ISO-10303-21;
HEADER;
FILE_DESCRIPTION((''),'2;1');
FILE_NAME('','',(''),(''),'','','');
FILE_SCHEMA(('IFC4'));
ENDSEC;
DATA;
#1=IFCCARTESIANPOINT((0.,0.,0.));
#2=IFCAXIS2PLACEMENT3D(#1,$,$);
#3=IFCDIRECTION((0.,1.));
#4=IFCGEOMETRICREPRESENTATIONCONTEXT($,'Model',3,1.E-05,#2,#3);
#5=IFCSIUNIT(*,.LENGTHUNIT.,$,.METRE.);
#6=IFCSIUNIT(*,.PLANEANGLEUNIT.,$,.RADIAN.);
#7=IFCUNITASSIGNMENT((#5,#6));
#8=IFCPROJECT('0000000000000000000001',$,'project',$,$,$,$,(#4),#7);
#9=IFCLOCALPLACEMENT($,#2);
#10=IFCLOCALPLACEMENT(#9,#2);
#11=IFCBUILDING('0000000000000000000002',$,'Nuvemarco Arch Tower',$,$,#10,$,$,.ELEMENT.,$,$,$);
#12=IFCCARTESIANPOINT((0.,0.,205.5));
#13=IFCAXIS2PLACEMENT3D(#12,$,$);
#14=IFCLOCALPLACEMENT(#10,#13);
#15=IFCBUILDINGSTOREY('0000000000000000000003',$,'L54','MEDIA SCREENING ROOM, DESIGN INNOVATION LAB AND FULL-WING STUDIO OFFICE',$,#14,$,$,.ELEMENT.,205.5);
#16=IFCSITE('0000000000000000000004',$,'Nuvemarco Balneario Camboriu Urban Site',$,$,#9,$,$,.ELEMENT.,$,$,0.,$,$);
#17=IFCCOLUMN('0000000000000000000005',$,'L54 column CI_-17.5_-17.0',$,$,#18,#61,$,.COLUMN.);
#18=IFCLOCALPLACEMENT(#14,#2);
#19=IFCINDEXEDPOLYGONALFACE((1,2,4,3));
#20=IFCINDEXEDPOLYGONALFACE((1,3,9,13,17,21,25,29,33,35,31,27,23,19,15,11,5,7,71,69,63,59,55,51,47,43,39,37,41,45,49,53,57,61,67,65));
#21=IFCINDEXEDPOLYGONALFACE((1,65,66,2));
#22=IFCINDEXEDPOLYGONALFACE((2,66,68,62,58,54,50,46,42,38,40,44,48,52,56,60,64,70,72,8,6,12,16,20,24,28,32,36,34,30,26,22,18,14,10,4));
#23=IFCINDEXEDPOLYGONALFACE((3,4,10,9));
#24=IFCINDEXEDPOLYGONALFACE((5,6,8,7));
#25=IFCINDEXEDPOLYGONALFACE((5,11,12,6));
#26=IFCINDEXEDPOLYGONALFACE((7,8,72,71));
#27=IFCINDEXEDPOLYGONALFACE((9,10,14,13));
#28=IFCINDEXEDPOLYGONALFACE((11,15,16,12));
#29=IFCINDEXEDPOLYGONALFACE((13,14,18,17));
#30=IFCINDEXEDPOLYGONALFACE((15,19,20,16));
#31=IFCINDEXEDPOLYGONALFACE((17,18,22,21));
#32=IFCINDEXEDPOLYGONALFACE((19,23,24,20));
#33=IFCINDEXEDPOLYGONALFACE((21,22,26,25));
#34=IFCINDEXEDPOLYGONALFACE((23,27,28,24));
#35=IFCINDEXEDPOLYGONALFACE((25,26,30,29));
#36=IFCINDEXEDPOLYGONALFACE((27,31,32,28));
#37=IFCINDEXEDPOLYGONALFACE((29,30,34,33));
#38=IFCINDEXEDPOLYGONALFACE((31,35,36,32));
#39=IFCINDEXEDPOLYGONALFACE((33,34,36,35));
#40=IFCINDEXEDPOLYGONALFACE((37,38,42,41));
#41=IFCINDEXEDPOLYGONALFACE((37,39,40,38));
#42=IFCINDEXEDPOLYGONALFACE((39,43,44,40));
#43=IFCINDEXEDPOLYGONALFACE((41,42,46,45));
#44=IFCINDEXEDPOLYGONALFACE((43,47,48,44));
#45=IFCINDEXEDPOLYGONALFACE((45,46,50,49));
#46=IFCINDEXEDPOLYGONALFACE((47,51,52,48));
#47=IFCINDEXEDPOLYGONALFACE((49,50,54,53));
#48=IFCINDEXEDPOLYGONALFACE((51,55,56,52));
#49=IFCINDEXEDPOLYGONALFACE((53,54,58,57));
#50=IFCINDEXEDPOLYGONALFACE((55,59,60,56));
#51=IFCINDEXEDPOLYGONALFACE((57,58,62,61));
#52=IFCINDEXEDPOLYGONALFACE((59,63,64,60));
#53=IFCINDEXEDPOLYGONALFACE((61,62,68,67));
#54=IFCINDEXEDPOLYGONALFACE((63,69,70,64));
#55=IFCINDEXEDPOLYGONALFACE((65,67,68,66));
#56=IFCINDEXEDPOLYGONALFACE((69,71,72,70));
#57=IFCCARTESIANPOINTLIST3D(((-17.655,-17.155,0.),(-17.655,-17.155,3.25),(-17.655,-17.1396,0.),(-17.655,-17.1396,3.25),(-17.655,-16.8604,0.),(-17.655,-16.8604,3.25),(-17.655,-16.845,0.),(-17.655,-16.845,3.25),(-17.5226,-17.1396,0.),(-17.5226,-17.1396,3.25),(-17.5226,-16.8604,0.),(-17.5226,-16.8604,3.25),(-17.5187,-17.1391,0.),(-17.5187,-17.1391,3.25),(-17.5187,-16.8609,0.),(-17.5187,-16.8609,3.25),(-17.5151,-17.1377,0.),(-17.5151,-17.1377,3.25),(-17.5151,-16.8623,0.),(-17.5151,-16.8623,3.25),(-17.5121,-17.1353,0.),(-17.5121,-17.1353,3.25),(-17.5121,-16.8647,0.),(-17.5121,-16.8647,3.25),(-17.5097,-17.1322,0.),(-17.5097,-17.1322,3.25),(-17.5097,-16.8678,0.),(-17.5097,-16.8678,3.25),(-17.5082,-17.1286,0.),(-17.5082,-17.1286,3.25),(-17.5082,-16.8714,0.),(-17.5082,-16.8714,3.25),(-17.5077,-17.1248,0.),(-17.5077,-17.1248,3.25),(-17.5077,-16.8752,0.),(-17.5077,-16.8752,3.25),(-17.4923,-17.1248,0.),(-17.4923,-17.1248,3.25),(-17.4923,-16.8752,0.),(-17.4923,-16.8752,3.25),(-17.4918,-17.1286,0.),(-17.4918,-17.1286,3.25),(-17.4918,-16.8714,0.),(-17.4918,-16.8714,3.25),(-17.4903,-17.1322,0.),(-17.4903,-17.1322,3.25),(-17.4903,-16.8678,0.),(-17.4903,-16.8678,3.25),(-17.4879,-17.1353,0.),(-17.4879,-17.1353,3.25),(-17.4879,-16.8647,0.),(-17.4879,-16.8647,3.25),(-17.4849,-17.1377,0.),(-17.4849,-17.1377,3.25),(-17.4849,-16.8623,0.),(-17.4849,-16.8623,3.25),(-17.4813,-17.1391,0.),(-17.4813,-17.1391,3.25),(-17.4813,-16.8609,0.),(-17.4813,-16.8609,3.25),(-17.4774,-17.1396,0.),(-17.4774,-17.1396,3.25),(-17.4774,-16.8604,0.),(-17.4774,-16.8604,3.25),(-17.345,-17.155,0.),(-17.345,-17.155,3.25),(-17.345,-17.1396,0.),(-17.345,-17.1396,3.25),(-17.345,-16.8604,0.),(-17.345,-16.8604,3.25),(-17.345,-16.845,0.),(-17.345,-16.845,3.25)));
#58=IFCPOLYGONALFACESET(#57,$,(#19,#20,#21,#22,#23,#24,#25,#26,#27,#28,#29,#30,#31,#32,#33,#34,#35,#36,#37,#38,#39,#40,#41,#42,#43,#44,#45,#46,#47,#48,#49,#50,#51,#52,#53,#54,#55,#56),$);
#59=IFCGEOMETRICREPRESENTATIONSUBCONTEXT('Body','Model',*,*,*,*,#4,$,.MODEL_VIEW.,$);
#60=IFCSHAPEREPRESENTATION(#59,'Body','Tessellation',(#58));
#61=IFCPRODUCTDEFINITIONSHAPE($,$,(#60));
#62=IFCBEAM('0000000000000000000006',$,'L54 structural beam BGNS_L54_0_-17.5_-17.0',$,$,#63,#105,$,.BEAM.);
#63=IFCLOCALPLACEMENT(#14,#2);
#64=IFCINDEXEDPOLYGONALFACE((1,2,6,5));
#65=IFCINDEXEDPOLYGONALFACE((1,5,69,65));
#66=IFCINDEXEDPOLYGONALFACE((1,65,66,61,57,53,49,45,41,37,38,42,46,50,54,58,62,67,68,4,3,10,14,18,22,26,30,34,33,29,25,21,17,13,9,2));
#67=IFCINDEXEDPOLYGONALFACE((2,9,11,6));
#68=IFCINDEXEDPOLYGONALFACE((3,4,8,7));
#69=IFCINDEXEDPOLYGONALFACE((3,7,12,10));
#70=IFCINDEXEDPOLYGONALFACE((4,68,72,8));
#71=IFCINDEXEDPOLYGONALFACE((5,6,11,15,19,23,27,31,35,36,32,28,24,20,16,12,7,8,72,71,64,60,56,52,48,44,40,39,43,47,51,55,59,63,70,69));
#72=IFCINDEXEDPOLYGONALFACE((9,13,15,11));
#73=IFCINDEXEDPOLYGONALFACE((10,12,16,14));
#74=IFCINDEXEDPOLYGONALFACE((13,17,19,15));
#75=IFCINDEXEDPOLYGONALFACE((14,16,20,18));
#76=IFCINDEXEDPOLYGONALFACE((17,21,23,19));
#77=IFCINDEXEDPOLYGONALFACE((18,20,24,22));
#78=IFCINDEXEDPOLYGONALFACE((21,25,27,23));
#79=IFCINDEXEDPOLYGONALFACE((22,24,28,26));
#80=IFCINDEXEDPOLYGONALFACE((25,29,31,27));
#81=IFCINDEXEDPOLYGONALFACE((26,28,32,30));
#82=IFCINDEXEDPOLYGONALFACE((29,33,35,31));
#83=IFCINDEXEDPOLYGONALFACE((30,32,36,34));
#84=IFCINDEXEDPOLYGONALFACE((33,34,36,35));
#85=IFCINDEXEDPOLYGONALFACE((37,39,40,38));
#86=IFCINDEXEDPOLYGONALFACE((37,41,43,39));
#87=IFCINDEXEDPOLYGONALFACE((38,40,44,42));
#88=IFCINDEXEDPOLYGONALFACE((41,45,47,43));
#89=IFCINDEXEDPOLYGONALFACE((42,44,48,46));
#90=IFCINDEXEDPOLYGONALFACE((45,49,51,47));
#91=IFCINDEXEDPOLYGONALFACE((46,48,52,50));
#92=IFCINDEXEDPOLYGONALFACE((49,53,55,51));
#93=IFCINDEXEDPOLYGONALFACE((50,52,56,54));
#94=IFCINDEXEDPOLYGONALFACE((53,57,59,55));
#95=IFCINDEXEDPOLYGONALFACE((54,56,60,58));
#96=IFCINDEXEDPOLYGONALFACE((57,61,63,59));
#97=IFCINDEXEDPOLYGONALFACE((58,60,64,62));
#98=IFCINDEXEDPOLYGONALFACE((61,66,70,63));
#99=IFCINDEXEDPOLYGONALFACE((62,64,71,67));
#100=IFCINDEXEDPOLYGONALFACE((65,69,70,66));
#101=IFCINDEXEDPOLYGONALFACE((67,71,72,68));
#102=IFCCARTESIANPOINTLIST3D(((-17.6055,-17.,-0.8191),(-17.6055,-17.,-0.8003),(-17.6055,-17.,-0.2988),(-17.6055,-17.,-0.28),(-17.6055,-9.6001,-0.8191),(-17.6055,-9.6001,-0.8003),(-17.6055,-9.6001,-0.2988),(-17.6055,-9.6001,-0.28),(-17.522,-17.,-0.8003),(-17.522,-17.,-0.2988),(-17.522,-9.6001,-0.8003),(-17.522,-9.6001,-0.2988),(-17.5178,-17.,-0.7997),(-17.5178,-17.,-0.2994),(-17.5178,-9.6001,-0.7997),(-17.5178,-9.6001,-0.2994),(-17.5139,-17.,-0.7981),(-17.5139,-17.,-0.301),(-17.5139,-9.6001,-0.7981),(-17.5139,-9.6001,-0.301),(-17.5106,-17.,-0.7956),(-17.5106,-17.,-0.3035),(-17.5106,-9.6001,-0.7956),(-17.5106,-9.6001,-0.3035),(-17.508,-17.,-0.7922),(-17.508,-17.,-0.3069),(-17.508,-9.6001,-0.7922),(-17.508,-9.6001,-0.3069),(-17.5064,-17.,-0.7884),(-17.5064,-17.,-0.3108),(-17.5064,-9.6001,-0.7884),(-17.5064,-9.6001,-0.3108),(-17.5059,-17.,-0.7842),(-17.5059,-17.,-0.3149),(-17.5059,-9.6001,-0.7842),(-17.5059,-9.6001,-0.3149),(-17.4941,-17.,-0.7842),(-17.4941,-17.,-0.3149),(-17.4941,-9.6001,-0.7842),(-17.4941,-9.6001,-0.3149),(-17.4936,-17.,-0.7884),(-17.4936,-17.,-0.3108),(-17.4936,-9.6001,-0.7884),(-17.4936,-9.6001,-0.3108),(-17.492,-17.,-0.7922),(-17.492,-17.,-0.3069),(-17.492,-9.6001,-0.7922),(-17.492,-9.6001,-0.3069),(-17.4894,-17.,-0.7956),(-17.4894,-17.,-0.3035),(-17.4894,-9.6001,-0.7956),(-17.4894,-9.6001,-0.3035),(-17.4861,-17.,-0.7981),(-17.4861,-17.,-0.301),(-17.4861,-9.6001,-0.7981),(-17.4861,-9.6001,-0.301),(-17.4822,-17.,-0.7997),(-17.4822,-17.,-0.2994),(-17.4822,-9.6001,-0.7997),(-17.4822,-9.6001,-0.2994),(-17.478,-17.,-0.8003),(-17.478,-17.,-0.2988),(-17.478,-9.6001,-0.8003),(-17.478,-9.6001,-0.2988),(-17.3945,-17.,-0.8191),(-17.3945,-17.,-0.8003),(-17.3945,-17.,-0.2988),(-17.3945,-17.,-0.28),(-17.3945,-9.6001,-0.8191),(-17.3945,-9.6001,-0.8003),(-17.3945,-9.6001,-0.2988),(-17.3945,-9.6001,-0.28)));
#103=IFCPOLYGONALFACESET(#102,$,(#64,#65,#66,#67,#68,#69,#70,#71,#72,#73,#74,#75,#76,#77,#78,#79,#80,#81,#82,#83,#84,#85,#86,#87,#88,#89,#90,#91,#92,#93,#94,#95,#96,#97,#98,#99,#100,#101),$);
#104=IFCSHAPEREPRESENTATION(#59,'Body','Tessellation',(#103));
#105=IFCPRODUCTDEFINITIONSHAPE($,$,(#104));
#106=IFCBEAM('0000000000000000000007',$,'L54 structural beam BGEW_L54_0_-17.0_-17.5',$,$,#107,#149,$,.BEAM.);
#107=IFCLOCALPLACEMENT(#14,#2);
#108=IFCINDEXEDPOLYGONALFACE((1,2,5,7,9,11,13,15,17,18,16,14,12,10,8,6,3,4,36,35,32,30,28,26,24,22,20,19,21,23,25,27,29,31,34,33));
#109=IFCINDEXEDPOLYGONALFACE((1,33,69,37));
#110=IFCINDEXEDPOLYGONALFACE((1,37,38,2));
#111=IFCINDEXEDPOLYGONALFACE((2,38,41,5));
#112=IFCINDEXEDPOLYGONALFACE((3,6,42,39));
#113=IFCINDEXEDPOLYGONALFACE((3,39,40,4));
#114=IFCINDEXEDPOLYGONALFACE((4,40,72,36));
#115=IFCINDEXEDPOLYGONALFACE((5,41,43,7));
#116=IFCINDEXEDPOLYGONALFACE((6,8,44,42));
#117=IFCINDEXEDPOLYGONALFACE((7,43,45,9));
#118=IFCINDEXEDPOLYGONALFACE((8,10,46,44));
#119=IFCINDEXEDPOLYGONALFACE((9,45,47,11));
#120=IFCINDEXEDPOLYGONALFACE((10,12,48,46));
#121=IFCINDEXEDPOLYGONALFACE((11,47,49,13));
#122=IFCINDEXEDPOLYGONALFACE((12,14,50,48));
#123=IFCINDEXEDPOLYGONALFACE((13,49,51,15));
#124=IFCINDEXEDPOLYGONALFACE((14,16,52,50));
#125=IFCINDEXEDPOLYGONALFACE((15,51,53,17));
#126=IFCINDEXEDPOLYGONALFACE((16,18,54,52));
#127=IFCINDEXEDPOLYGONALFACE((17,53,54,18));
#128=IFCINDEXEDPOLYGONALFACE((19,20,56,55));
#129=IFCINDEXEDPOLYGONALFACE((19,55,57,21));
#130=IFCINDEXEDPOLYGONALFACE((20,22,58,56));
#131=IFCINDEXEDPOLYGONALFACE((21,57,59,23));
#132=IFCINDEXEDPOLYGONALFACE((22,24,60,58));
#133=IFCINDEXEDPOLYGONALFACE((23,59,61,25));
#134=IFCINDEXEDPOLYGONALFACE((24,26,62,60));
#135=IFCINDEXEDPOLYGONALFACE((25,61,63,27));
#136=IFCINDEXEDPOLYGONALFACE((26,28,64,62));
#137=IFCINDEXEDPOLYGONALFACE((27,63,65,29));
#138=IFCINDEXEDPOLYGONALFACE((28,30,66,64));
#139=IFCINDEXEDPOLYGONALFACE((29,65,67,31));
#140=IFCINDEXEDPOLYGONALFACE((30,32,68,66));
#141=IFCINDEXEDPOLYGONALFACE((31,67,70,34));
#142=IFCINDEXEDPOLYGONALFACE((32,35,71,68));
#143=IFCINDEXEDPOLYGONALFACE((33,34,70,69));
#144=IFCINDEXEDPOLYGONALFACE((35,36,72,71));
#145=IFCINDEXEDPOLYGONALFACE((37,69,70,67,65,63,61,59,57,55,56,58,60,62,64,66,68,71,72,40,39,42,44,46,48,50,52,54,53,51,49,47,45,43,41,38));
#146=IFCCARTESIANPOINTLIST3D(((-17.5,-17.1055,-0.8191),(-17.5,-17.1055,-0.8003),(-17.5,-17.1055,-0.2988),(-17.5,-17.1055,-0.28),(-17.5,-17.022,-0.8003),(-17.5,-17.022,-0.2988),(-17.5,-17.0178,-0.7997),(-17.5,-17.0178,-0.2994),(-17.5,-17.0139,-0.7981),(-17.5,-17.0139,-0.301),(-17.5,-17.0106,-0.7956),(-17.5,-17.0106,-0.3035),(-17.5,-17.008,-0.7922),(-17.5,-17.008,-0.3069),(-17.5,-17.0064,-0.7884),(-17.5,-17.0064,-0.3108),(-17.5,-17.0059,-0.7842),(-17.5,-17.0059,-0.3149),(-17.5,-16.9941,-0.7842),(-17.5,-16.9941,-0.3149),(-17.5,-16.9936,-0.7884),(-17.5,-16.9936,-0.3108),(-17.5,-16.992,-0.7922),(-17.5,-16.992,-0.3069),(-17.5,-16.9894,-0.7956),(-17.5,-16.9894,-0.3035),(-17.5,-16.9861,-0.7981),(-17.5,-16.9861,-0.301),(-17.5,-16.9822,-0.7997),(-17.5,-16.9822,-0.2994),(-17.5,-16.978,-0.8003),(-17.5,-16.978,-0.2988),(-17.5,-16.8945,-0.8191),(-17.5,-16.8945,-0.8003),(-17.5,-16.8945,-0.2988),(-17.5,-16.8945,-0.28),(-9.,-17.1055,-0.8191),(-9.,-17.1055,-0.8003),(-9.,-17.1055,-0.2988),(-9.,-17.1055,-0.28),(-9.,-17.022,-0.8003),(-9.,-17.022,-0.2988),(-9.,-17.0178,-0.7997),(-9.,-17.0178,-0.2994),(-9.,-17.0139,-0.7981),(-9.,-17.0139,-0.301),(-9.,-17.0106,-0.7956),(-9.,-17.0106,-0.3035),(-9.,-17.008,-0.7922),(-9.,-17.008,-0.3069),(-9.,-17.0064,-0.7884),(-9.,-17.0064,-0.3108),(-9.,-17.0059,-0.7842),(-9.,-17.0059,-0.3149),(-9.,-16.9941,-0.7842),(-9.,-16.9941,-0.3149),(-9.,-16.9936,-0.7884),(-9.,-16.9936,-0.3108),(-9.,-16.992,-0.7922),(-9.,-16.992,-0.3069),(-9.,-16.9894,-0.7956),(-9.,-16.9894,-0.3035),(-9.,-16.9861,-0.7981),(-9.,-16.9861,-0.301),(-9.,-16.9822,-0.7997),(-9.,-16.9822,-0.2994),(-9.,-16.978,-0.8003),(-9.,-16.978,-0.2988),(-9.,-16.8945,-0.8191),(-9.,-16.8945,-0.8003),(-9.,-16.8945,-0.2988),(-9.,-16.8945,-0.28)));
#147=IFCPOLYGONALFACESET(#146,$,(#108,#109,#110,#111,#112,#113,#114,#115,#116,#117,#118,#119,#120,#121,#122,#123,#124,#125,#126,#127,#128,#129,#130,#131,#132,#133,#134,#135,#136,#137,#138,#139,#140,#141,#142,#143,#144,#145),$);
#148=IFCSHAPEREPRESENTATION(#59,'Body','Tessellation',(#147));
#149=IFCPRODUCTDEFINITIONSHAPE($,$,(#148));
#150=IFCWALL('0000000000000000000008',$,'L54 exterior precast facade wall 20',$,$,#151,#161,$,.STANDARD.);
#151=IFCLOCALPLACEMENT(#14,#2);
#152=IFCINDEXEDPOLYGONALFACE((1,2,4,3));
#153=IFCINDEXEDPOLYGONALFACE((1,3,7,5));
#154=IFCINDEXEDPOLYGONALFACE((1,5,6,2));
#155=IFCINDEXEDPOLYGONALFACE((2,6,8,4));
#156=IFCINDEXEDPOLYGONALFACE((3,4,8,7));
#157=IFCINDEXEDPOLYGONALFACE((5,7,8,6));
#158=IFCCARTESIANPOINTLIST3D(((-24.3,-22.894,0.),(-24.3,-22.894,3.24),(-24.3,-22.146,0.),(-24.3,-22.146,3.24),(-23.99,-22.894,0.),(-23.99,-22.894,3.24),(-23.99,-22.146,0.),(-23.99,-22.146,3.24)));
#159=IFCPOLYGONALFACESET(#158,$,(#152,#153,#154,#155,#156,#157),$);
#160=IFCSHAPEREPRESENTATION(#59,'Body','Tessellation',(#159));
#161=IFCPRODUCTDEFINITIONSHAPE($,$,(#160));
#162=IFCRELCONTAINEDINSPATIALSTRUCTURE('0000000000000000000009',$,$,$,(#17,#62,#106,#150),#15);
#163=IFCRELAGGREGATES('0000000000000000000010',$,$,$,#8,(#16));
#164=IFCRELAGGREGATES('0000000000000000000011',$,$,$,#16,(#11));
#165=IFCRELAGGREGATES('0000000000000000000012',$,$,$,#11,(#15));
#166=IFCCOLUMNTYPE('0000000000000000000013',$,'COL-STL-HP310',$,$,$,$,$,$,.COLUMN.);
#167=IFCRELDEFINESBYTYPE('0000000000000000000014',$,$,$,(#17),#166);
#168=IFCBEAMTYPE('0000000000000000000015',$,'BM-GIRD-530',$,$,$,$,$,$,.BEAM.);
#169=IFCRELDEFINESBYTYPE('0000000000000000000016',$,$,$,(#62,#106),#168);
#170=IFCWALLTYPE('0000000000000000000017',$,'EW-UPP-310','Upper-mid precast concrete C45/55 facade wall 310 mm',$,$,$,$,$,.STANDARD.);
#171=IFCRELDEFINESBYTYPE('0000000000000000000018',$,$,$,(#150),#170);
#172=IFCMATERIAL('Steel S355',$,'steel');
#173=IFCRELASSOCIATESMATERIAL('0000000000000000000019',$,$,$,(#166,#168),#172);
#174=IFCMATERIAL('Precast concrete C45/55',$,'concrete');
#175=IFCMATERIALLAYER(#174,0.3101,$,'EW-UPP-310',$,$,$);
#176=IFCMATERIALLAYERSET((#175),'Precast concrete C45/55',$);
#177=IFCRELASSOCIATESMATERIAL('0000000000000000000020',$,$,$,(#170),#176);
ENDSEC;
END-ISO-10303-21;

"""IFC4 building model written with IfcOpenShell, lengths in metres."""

from ifc_helpers import new_model, si_unit, direction, frame, frame_2d, origin, origin_2d, place, context, subcontext, project, spatial, rectangle, i_section, extrude, material, layer, layer_set, material_profile, profile_set, type_object, element, save


model = new_model("IFC4")

# Units and contexts
model_context = context("Model", 3, precision=1e-05, world=origin(), true_north=direction((0.0, 1.0)))
body_context = subcontext(model_context, "Body", "Model", "MODEL_VIEW")
ifc_project = project(units=[si_unit("LENGTHUNIT", "METRE"), si_unit("PLANEANGLEUNIT", "RADIAN")], contexts=[model_context])

# Site, building, storey
site_placement = place(None, origin())
site = spatial("IfcSite", under=ifc_project, at=site_placement, Name="Nuvemarco Balneario Camboriu Urban Site", CompositionType="ELEMENT", RefElevation=0.0)
building_placement = place(site_placement, origin())
building = spatial("IfcBuilding", under=site, at=building_placement, Name="Nuvemarco Arch Tower", CompositionType="ELEMENT")
storey_placement = place(building_placement, frame((0.0, 0.0, 205.5)))
storey = spatial("IfcBuildingStorey", under=building, at=storey_placement, Name="L54", Description="MEDIA SCREENING ROOM, DESIGN INNOVATION LAB AND FULL-WING STUDIO OFFICE", CompositionType="ELEMENT", Elevation=205.5)

# Column
ifc_material_1 = material(Name="Steel S355", Category="steel")
ifc_material_profile_1 = material_profile(ifc_material_1, i_section(OverallWidth=0.3101, OverallDepth=0.3101, WebThickness=0.0154, FlangeThickness=0.0154, FilletRadius=0.0149, at=origin_2d()), Name="HP310x110")
ifc_profile_set_1 = profile_set([ifc_material_profile_1], Name="Steel S355")
column_type = type_object("IfcColumnType", Name="COL-STL-HP310", PredefinedType="COLUMN", material=ifc_profile_set_1)
column_placement = place(storey_placement, frame((-17.5, -17.0, 0.0), z_axis=(0.0, 0.0, 1.0), x_axis=(1.0, 0.0, 0.0)))
element("IfcColumn", 1, at=column_placement, inside=storey, type_object=column_type, Name="L54 column CI_-17.5_-17.0", PredefinedType="COLUMN", context=body_context, shape_type="SweptSolid", body=[
    extrude(i_section(OverallWidth=0.3101, OverallDepth=0.3101, WebThickness=0.0154, FlangeThickness=0.0154, FilletRadius=0.0149, at=origin_2d()), origin(), (0.0, 0.0, 1.0), 3.25),
])

# Beams
ifc_material_profile_2 = material_profile(ifc_material_1, i_section(OverallWidth=0.2109, OverallDepth=0.5391, WebThickness=0.0117, FlangeThickness=0.0188, FilletRadius=0.0161, at=origin_2d()), Name="W530x109")
ifc_profile_set_2 = profile_set([ifc_material_profile_2], Name="Steel S355")
beam_type = type_object("IfcBeamType", Name="BM-GIRD-530", PredefinedType="BEAM", material=ifc_profile_set_2)
beam_1_placement = place(storey_placement, frame((-17.5, -17.0, -0.5496), z_axis=(0.0, 1.0, 0.0), x_axis=(-1.0, 0.0, 0.0)))
element("IfcBeam", 2, at=beam_1_placement, inside=storey, type_object=beam_type, Name="L54 structural beam BGNS_L54_0_-17.5_-17.0", PredefinedType="BEAM", context=body_context, shape_type="SweptSolid", body=[
    extrude(i_section(OverallWidth=0.2109, OverallDepth=0.5391, WebThickness=0.0117, FlangeThickness=0.0188, FilletRadius=0.0161, at=origin_2d()), origin(), (0.0, 0.0, 1.0), 7.3999),
])
beam_2_placement = place(storey_placement, frame((-17.5, -17.0, -0.5496), z_axis=(1.0, 0.0, 0.0), x_axis=(0.0, 1.0, 0.0)))
element("IfcBeam", 3, at=beam_2_placement, inside=storey, type_object=beam_type, Name="L54 structural beam BGEW_L54_0_-17.0_-17.5", PredefinedType="BEAM", context=body_context, shape_type="SweptSolid", body=[
    extrude(i_section(OverallWidth=0.2109, OverallDepth=0.5391, WebThickness=0.0117, FlangeThickness=0.0188, FilletRadius=0.0161, at=origin_2d()), origin(), (0.0, 0.0, 1.0), 8.5),
])

# Wall
ifc_material_2 = material(Name="Precast concrete C45/55", Category="concrete")
ifc_layer_1 = layer(ifc_material_2, 0.3101, Name="EW-UPP-310")
ifc_layer_set_1 = layer_set([ifc_layer_1], Name="Precast concrete C45/55")
wall_type_1 = type_object("IfcWallType", Name="EW-UPP-310", Description="Upper-mid precast concrete C45/55 facade wall 310 mm", PredefinedType="STANDARD", material=ifc_layer_set_1)
wall_1_placement = place(storey_placement, frame((-24.145, -22.894, 0.0), z_axis=(0.0, 0.0, 1.0), x_axis=(0.0, 1.0, 0.0)))
element("IfcWall", 4, at=wall_1_placement, inside=storey, type_object=wall_type_1, Name="L54 exterior precast facade wall 20", PredefinedType="STANDARD", context=body_context, shape_type="SweptSolid", body=[
    extrude(rectangle(XDim=0.748, YDim=0.3101, at=frame_2d((0.374, 0.0))), origin(), (0.0, 0.0, 1.0), 3.24),
])

save(model, "model.ifc")
